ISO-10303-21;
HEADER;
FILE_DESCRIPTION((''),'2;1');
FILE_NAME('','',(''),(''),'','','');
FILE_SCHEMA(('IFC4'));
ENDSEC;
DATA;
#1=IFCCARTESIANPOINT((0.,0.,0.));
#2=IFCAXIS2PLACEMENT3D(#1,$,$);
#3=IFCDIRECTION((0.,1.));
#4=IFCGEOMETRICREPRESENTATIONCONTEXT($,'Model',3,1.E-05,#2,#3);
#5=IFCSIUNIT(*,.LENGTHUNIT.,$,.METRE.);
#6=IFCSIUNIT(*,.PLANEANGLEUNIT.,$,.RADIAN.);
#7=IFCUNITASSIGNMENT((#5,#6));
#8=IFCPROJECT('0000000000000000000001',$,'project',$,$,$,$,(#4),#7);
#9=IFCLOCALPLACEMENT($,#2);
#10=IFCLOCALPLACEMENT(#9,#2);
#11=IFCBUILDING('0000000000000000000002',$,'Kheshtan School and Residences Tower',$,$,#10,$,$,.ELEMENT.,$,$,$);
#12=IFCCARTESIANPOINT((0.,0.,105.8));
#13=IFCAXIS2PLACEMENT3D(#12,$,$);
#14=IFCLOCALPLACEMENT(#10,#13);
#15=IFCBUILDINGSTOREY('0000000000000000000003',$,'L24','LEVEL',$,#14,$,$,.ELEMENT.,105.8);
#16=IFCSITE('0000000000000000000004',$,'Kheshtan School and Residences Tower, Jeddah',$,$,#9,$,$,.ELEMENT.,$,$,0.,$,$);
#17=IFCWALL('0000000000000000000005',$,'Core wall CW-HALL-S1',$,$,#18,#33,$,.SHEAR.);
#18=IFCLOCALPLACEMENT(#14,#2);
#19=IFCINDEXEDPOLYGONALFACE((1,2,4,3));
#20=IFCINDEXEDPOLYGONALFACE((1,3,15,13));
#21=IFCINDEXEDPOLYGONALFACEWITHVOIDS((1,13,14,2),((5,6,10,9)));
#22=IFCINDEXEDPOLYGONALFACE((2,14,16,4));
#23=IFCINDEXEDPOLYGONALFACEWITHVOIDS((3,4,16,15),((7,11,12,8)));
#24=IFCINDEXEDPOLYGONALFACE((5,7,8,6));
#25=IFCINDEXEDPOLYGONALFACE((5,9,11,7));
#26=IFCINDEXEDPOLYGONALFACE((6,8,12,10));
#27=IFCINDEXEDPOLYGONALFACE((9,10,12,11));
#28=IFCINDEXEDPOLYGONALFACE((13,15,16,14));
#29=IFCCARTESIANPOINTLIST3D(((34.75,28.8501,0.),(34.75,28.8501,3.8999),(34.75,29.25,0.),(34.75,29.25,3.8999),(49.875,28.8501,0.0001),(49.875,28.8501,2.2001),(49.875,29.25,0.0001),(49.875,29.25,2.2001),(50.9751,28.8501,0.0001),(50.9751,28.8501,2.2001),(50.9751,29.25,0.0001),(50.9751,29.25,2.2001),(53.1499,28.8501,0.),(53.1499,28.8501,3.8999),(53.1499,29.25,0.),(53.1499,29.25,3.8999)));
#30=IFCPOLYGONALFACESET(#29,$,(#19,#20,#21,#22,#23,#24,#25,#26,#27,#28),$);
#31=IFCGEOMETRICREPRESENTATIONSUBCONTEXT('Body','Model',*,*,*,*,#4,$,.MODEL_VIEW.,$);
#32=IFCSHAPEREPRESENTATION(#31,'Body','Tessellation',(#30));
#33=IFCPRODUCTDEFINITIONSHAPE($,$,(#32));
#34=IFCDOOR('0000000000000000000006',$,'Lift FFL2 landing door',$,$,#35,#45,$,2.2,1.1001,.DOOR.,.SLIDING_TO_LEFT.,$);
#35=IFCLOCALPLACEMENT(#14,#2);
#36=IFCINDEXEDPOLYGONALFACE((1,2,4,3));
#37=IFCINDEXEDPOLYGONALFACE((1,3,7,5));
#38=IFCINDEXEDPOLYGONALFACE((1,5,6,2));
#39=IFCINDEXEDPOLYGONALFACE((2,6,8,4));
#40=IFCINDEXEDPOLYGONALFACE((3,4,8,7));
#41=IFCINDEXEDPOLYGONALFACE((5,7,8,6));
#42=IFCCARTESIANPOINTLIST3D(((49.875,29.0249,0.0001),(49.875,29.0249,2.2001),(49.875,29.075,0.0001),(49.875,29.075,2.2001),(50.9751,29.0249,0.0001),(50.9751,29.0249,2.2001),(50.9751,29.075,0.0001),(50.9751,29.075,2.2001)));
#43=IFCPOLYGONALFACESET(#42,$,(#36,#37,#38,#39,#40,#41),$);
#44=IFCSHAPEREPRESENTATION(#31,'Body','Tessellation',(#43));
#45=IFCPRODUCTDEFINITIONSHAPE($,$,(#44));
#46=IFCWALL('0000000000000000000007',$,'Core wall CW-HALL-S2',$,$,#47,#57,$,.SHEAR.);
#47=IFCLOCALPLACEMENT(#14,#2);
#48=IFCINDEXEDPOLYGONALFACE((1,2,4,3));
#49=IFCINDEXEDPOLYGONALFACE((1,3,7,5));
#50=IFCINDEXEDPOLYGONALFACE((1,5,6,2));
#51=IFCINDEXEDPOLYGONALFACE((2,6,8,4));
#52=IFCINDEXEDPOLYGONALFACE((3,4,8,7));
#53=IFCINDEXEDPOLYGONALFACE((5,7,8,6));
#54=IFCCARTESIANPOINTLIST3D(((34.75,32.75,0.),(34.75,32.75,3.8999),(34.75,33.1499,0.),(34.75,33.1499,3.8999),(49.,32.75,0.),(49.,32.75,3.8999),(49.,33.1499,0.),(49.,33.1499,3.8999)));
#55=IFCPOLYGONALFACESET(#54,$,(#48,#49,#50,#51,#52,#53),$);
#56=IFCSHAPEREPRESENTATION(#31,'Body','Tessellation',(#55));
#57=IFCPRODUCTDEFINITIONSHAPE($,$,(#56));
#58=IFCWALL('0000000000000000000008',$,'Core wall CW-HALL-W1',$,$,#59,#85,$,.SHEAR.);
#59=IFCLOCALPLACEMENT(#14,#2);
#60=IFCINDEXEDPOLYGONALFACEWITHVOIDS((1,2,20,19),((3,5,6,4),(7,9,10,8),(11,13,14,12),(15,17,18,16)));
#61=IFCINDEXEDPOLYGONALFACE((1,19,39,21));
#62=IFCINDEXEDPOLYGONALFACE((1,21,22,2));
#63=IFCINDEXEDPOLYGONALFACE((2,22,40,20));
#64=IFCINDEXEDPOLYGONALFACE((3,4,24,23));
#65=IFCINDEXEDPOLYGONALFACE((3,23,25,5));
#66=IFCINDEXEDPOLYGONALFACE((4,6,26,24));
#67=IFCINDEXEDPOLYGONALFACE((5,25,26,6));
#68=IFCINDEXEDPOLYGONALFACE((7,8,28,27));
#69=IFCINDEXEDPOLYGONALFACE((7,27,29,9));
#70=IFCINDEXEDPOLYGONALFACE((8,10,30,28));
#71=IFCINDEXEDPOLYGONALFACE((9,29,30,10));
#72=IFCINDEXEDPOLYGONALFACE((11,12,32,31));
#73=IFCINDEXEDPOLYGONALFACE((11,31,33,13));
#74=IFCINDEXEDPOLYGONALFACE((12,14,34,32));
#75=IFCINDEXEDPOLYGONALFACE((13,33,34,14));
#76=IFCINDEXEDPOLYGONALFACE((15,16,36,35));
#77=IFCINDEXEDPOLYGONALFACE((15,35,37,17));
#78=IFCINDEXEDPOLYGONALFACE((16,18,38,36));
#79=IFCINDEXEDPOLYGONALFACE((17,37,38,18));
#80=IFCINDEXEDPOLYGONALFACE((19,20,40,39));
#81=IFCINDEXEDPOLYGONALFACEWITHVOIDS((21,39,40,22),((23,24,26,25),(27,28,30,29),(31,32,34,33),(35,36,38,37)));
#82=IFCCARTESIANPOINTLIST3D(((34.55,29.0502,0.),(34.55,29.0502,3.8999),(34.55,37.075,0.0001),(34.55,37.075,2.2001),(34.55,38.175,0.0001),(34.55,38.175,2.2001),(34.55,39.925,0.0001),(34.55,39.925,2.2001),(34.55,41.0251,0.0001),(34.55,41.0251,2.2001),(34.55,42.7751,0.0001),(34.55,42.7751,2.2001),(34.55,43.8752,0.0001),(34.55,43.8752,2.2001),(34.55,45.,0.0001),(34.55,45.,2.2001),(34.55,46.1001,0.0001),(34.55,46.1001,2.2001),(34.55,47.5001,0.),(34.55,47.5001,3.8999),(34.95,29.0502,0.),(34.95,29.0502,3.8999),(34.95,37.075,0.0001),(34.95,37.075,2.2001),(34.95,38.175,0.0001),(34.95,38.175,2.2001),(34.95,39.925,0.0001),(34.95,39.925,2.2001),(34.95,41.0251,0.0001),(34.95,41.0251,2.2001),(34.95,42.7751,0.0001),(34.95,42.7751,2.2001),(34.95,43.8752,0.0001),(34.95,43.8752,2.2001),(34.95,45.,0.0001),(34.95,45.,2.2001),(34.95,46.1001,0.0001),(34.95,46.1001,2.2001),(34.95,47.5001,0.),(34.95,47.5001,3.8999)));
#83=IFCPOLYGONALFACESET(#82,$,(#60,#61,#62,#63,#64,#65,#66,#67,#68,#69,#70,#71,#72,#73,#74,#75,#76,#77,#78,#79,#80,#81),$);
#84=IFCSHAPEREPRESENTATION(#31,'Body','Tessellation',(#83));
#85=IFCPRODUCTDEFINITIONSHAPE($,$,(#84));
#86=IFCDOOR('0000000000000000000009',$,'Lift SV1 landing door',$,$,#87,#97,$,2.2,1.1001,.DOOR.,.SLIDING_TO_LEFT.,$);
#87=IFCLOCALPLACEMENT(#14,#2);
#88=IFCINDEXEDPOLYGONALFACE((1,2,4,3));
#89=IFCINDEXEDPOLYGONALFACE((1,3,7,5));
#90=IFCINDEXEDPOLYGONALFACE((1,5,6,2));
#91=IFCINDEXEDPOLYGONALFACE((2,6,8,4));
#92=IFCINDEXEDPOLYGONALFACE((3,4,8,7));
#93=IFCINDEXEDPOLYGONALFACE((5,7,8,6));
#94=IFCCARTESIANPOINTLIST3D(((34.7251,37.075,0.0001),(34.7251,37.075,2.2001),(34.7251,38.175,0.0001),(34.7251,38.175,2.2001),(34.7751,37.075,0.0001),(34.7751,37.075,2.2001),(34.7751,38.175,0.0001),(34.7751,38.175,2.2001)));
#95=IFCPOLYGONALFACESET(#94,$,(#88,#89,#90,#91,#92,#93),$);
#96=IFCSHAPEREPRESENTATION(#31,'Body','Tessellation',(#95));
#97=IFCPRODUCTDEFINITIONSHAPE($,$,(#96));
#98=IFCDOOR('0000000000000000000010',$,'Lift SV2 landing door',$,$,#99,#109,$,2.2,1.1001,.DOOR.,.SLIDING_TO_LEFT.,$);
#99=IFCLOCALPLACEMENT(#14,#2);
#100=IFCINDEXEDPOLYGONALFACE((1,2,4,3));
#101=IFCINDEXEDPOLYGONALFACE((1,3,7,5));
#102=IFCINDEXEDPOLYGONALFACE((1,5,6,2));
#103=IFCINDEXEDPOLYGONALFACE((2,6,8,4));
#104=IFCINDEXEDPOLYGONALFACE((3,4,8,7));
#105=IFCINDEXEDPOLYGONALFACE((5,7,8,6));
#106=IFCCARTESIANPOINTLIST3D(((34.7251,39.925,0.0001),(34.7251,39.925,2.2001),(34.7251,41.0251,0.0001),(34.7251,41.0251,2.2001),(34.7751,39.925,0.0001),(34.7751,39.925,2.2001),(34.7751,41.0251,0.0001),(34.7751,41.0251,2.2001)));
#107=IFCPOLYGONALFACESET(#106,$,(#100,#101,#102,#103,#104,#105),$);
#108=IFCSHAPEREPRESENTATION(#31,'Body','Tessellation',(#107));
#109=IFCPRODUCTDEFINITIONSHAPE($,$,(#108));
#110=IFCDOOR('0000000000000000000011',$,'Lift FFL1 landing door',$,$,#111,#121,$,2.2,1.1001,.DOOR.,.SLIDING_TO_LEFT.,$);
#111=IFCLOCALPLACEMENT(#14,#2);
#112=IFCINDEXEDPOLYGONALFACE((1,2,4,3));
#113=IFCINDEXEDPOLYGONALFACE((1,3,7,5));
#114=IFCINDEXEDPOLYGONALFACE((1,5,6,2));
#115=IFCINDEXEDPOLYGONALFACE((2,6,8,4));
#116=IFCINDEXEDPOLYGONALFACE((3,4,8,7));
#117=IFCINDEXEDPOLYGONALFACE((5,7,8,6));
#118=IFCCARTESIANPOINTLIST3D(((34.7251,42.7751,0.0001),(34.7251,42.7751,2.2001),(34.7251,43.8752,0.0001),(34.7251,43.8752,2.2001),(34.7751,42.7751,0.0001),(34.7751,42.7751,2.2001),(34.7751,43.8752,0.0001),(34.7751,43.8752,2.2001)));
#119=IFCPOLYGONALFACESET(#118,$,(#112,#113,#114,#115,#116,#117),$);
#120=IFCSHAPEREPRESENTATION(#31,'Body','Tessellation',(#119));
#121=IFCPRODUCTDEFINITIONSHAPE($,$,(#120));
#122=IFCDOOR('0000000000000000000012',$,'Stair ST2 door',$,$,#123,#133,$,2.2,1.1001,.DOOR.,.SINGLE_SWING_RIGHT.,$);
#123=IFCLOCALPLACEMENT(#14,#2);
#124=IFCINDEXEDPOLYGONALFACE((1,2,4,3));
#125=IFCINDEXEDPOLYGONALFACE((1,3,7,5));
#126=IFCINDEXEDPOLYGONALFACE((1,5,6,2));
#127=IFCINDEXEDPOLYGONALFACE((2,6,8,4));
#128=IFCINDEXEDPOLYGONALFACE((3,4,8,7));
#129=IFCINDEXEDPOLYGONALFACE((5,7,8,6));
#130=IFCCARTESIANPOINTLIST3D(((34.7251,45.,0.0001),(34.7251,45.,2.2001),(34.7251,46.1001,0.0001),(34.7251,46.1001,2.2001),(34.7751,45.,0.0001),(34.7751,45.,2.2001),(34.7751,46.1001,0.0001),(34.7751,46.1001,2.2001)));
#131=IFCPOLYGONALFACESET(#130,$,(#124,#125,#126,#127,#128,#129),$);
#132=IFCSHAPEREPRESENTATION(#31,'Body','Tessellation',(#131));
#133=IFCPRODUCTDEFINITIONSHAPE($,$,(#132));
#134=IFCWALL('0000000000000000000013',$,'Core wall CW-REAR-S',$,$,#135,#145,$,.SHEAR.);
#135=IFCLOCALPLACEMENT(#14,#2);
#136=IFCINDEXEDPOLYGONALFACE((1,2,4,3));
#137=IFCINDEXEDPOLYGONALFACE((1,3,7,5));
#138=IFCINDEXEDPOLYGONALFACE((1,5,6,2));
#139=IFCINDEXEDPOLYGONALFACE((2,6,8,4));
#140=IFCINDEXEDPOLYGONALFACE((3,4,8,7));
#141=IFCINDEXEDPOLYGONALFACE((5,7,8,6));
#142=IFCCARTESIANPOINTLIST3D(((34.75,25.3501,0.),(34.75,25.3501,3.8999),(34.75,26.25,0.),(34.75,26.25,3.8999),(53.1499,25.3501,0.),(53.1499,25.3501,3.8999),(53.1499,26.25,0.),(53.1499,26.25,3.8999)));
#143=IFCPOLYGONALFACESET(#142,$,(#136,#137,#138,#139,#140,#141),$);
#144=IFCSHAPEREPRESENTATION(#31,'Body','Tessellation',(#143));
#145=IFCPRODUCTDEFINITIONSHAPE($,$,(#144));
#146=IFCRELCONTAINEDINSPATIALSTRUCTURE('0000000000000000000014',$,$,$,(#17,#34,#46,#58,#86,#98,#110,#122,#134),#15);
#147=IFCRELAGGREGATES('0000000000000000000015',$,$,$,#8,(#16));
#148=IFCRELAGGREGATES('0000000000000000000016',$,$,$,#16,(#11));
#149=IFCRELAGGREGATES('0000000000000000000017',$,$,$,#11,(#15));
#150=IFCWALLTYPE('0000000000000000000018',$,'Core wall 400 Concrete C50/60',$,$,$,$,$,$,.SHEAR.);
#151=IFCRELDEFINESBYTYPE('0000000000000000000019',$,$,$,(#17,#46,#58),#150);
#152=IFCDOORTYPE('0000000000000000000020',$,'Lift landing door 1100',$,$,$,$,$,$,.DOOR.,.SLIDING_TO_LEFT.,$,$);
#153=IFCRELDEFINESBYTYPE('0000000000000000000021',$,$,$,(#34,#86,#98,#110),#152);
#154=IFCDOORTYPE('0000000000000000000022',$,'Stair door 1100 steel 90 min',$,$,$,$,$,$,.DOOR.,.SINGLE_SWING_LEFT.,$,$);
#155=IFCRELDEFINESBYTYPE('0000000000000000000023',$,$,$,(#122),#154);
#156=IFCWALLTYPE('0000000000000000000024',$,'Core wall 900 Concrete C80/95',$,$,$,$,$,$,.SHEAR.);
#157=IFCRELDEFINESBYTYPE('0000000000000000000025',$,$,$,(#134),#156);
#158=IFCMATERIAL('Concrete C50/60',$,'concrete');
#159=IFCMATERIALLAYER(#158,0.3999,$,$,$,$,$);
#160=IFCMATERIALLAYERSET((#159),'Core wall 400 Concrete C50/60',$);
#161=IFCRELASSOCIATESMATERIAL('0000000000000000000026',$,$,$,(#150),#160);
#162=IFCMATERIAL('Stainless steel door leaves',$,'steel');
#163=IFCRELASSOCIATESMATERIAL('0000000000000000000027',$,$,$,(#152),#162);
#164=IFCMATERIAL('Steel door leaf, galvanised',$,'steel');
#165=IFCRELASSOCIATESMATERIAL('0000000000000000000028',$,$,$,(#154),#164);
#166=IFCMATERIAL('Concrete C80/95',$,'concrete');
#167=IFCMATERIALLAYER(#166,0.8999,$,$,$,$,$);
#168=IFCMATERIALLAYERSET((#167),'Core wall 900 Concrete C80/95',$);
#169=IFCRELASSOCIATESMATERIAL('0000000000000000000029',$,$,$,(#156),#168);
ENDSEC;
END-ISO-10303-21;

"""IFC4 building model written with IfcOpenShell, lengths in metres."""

from ifc_helpers import new_model, si_unit, direction, frame, frame_2d, origin, place, context, subcontext, project, spatial, rectangle, extrude, source, transform, mapped, material, layer, layer_set, type_object, element, fill, save


model = new_model("IFC4")

# Units and contexts
model_context = context("Model", 3, precision=1e-05, world=origin(), true_north=direction((0.0, 1.0)))
body_context = subcontext(model_context, "Body", "Model", "MODEL_VIEW")
ifc_project = project(units=[si_unit("LENGTHUNIT", "METRE"), si_unit("PLANEANGLEUNIT", "RADIAN")], contexts=[model_context])

# Site, building, storey
site_placement = place(None, origin())
site = spatial("IfcSite", under=ifc_project, at=site_placement, Name="Kheshtan School and Residences Tower, Jeddah", CompositionType="ELEMENT", RefElevation=0.0)
building_placement = place(site_placement, origin())
building = spatial("IfcBuilding", under=site, at=building_placement, Name="Kheshtan School and Residences Tower", CompositionType="ELEMENT")
storey_placement = place(building_placement, frame((0.0, 0.0, 105.8)))
storey = spatial("IfcBuildingStorey", under=building, at=storey_placement, Name="L24", Description="LEVEL", CompositionType="ELEMENT", Elevation=105.8)

# Wall, opening, door
ifc_material_1 = material(Name="Concrete C50/60", Category="concrete")
ifc_layer_1 = layer(ifc_material_1, 0.3999)
ifc_layer_set_1 = layer_set([ifc_layer_1], Name="Core wall 400 Concrete C50/60")
wall_type_1 = type_object("IfcWallType", Name="Core wall 400 Concrete C50/60", PredefinedType="SHEAR", material=ifc_layer_set_1)
wall_1_placement = place(storey_placement, frame((34.75, 29.05, 0.0), z_axis=(0.0, 0.0, 1.0), x_axis=(1.0, 0.0, 0.0)))
wall_1 = element("IfcWall", 1, at=wall_1_placement, inside=storey, type_object=wall_type_1, Name="Core wall CW-HALL-S1", PredefinedType="SHEAR", context=body_context, shape_type="SweptSolid", body=[
    extrude(rectangle(XDim=18.3999, YDim=0.3999, at=frame_2d((9.2, 0.0))), origin(), (0.0, 0.0, 1.0), 3.8999),
])
opening_1_placement = place(wall_1_placement, frame((15.125, 0.0, 0.0)))
opening_1 = element("IfcOpeningElement", 2, at=opening_1_placement, cuts=wall_1, PredefinedType="OPENING", context=body_context, shape_type="SweptSolid", body=[
    extrude(rectangle(XDim=1.1001, YDim=2.2, at=frame_2d((0.55, 1.1001))), frame((0.0, 0.21, 0.0), z_axis=(0.0, -1.0, 0.0), x_axis=(1.0, 0.0, 0.0)), (0.0, 0.0, 1.0), 0.4199),
])
ifc_material_2 = material(Name="Stainless steel door leaves", Category="steel")
door_type_1 = type_object("IfcDoorType", Name="Lift landing door 1100", OperationType="SLIDING_TO_LEFT", PredefinedType="DOOR", material=ifc_material_2)
shared_shape_1 = source(origin(), body_context, "Body", "SweptSolid", [
    extrude(rectangle(XDim=1.1001, YDim=2.2, at=frame_2d((0.55, 1.1001))), frame((0.0, 0.0249, 0.0), z_axis=(0.0, -1.0, 0.0), x_axis=(1.0, 0.0, 0.0)), (0.0, 0.0, 1.0), 0.05),
])
door_1_placement = place(opening_1_placement, origin())
door_1 = element("IfcDoor", 3, at=door_1_placement, inside=storey, type_object=door_type_1, Name="Lift FFL2 landing door", OperationType="SLIDING_TO_LEFT", OverallHeight=2.2, OverallWidth=1.1001, PredefinedType="DOOR", context=body_context, shape_type="MappedRepresentation", body=[
    mapped(shared_shape_1, transform((0.0, 0.0, 0.0), x_axis=(1.0, 0.0, 0.0), y_axis=(0.0, 1.0, 0.0), z_axis=(0.0, 0.0, 1.0), scale=1.0)),
])
fill(opening_1, door_1)

# Wall
wall_2_placement = place(storey_placement, frame((34.75, 32.95, 0.0), z_axis=(0.0, 0.0, 1.0), x_axis=(1.0, 0.0, 0.0)))
element("IfcWall", 4, at=wall_2_placement, inside=storey, type_object=wall_type_1, Name="Core wall CW-HALL-S2", PredefinedType="SHEAR", context=body_context, shape_type="SweptSolid", body=[
    extrude(rectangle(XDim=14.25, YDim=0.3999, at=frame_2d((7.125, 0.0))), origin(), (0.0, 0.0, 1.0), 3.8999),
])

# Wall, openings, doors
wall_3_placement = place(storey_placement, frame((34.75, 29.05, 0.0), z_axis=(0.0, 0.0, 1.0), x_axis=(0.0, 1.0, 0.0)))
wall_3 = element("IfcWall", 5, at=wall_3_placement, inside=storey, type_object=wall_type_1, Name="Core wall CW-HALL-W1", PredefinedType="SHEAR", context=body_context, shape_type="SweptSolid", body=[
    extrude(rectangle(XDim=18.45, YDim=0.3999, at=frame_2d((9.2251, 0.0))), origin(), (0.0, 0.0, 1.0), 3.8999),
])
opening_2_placement = place(wall_3_placement, frame((8.0249, 0.0, 0.0)))
opening_2 = element("IfcOpeningElement", 6, at=opening_2_placement, cuts=wall_3, PredefinedType="OPENING", context=body_context, shape_type="SweptSolid", body=[
    extrude(rectangle(XDim=1.1001, YDim=2.2, at=frame_2d((0.55, 1.1001))), frame((0.0, 0.21, 0.0), z_axis=(0.0, -1.0, 0.0), x_axis=(1.0, 0.0, 0.0)), (0.0, 0.0, 1.0), 0.4199),
])
opening_3_placement = place(wall_3_placement, frame((10.875, 0.0, 0.0)))
opening_3 = element("IfcOpeningElement", 7, at=opening_3_placement, cuts=wall_3, PredefinedType="OPENING", context=body_context, shape_type="SweptSolid", body=[
    extrude(rectangle(XDim=1.1001, YDim=2.2, at=frame_2d((0.55, 1.1001))), frame((0.0, 0.21, 0.0), z_axis=(0.0, -1.0, 0.0), x_axis=(1.0, 0.0, 0.0)), (0.0, 0.0, 1.0), 0.4199),
])
opening_4_placement = place(wall_3_placement, frame((13.7251, 0.0, 0.0)))
opening_4 = element("IfcOpeningElement", 8, at=opening_4_placement, cuts=wall_3, PredefinedType="OPENING", context=body_context, shape_type="SweptSolid", body=[
    extrude(rectangle(XDim=1.1001, YDim=2.2, at=frame_2d((0.55, 1.1001))), frame((0.0, 0.21, 0.0), z_axis=(0.0, -1.0, 0.0), x_axis=(1.0, 0.0, 0.0)), (0.0, 0.0, 1.0), 0.4199),
])
opening_5_placement = place(wall_3_placement, frame((15.95, 0.0, 0.0)))
opening_5 = element("IfcOpeningElement", 9, at=opening_5_placement, cuts=wall_3, PredefinedType="OPENING", context=body_context, shape_type="SweptSolid", body=[
    extrude(rectangle(XDim=1.1001, YDim=2.2, at=frame_2d((0.55, 1.1001))), frame((0.0, 0.21, 0.0), z_axis=(0.0, -1.0, 0.0), x_axis=(1.0, 0.0, 0.0)), (0.0, 0.0, 1.0), 0.4199),
])
door_2_placement = place(opening_2_placement, origin())
door_2 = element("IfcDoor", 10, at=door_2_placement, inside=storey, type_object=door_type_1, Name="Lift SV1 landing door", OperationType="SLIDING_TO_LEFT", OverallHeight=2.2, OverallWidth=1.1001, PredefinedType="DOOR", context=body_context, shape_type="MappedRepresentation", body=[
    mapped(shared_shape_1, transform((0.0, 0.0, 0.0), x_axis=(1.0, 0.0, 0.0), y_axis=(0.0, 1.0, 0.0), z_axis=(0.0, 0.0, 1.0), scale=1.0)),
])
fill(opening_2, door_2)
door_3_placement = place(opening_3_placement, origin())
door_3 = element("IfcDoor", 11, at=door_3_placement, inside=storey, type_object=door_type_1, Name="Lift SV2 landing door", OperationType="SLIDING_TO_LEFT", OverallHeight=2.2, OverallWidth=1.1001, PredefinedType="DOOR", context=body_context, shape_type="MappedRepresentation", body=[
    mapped(shared_shape_1, transform((0.0, 0.0, 0.0), x_axis=(1.0, 0.0, 0.0), y_axis=(0.0, 1.0, 0.0), z_axis=(0.0, 0.0, 1.0), scale=1.0)),
])
fill(opening_3, door_3)
door_4_placement = place(opening_4_placement, origin())
door_4 = element("IfcDoor", 12, at=door_4_placement, inside=storey, type_object=door_type_1, Name="Lift FFL1 landing door", OperationType="SLIDING_TO_LEFT", OverallHeight=2.2, OverallWidth=1.1001, PredefinedType="DOOR", context=body_context, shape_type="MappedRepresentation", body=[
    mapped(shared_shape_1, transform((0.0, 0.0, 0.0), x_axis=(1.0, 0.0, 0.0), y_axis=(0.0, 1.0, 0.0), z_axis=(0.0, 0.0, 1.0), scale=1.0)),
])
fill(opening_4, door_4)
ifc_material_3 = material(Name="Steel door leaf, galvanised", Category="steel")
door_type_2 = type_object("IfcDoorType", Name="Stair door 1100 steel 90 min", OperationType="SINGLE_SWING_LEFT", PredefinedType="DOOR", material=ifc_material_3)
shared_shape_2 = source(origin(), body_context, "Body", "SweptSolid", [
    extrude(rectangle(XDim=1.1001, YDim=2.2, at=frame_2d((0.55, 1.1001))), frame((0.0, 0.0249, 0.0), z_axis=(0.0, -1.0, 0.0), x_axis=(1.0, 0.0, 0.0)), (0.0, 0.0, 1.0), 0.05),
])
door_5_placement = place(opening_5_placement, origin())
door_5 = element("IfcDoor", 13, at=door_5_placement, inside=storey, type_object=door_type_2, Name="Stair ST2 door", OperationType="SINGLE_SWING_RIGHT", OverallHeight=2.2, OverallWidth=1.1001, PredefinedType="DOOR", context=body_context, shape_type="MappedRepresentation", body=[
    mapped(shared_shape_2, transform((0.0, 0.0, 0.0), x_axis=(1.0, 0.0, 0.0), y_axis=(0.0, 1.0, 0.0), z_axis=(0.0, 0.0, 1.0), scale=1.0)),
])
fill(opening_5, door_5)

# Wall
ifc_material_4 = material(Name="Concrete C80/95", Category="concrete")
ifc_layer_2 = layer(ifc_material_4, 0.8999)
ifc_layer_set_2 = layer_set([ifc_layer_2], Name="Core wall 900 Concrete C80/95")
wall_type_2 = type_object("IfcWallType", Name="Core wall 900 Concrete C80/95", PredefinedType="SHEAR", material=ifc_layer_set_2)
wall_4_placement = place(storey_placement, frame((34.75, 25.8, 0.0), z_axis=(0.0, 0.0, 1.0), x_axis=(1.0, 0.0, 0.0)))
element("IfcWall", 14, at=wall_4_placement, inside=storey, type_object=wall_type_2, Name="Core wall CW-REAR-S", PredefinedType="SHEAR", context=body_context, shape_type="SweptSolid", body=[
    extrude(rectangle(XDim=18.3999, YDim=0.8999, at=frame_2d((9.2, 0.0))), origin(), (0.0, 0.0, 1.0), 3.8999),
])

save(model, "model.ifc")
